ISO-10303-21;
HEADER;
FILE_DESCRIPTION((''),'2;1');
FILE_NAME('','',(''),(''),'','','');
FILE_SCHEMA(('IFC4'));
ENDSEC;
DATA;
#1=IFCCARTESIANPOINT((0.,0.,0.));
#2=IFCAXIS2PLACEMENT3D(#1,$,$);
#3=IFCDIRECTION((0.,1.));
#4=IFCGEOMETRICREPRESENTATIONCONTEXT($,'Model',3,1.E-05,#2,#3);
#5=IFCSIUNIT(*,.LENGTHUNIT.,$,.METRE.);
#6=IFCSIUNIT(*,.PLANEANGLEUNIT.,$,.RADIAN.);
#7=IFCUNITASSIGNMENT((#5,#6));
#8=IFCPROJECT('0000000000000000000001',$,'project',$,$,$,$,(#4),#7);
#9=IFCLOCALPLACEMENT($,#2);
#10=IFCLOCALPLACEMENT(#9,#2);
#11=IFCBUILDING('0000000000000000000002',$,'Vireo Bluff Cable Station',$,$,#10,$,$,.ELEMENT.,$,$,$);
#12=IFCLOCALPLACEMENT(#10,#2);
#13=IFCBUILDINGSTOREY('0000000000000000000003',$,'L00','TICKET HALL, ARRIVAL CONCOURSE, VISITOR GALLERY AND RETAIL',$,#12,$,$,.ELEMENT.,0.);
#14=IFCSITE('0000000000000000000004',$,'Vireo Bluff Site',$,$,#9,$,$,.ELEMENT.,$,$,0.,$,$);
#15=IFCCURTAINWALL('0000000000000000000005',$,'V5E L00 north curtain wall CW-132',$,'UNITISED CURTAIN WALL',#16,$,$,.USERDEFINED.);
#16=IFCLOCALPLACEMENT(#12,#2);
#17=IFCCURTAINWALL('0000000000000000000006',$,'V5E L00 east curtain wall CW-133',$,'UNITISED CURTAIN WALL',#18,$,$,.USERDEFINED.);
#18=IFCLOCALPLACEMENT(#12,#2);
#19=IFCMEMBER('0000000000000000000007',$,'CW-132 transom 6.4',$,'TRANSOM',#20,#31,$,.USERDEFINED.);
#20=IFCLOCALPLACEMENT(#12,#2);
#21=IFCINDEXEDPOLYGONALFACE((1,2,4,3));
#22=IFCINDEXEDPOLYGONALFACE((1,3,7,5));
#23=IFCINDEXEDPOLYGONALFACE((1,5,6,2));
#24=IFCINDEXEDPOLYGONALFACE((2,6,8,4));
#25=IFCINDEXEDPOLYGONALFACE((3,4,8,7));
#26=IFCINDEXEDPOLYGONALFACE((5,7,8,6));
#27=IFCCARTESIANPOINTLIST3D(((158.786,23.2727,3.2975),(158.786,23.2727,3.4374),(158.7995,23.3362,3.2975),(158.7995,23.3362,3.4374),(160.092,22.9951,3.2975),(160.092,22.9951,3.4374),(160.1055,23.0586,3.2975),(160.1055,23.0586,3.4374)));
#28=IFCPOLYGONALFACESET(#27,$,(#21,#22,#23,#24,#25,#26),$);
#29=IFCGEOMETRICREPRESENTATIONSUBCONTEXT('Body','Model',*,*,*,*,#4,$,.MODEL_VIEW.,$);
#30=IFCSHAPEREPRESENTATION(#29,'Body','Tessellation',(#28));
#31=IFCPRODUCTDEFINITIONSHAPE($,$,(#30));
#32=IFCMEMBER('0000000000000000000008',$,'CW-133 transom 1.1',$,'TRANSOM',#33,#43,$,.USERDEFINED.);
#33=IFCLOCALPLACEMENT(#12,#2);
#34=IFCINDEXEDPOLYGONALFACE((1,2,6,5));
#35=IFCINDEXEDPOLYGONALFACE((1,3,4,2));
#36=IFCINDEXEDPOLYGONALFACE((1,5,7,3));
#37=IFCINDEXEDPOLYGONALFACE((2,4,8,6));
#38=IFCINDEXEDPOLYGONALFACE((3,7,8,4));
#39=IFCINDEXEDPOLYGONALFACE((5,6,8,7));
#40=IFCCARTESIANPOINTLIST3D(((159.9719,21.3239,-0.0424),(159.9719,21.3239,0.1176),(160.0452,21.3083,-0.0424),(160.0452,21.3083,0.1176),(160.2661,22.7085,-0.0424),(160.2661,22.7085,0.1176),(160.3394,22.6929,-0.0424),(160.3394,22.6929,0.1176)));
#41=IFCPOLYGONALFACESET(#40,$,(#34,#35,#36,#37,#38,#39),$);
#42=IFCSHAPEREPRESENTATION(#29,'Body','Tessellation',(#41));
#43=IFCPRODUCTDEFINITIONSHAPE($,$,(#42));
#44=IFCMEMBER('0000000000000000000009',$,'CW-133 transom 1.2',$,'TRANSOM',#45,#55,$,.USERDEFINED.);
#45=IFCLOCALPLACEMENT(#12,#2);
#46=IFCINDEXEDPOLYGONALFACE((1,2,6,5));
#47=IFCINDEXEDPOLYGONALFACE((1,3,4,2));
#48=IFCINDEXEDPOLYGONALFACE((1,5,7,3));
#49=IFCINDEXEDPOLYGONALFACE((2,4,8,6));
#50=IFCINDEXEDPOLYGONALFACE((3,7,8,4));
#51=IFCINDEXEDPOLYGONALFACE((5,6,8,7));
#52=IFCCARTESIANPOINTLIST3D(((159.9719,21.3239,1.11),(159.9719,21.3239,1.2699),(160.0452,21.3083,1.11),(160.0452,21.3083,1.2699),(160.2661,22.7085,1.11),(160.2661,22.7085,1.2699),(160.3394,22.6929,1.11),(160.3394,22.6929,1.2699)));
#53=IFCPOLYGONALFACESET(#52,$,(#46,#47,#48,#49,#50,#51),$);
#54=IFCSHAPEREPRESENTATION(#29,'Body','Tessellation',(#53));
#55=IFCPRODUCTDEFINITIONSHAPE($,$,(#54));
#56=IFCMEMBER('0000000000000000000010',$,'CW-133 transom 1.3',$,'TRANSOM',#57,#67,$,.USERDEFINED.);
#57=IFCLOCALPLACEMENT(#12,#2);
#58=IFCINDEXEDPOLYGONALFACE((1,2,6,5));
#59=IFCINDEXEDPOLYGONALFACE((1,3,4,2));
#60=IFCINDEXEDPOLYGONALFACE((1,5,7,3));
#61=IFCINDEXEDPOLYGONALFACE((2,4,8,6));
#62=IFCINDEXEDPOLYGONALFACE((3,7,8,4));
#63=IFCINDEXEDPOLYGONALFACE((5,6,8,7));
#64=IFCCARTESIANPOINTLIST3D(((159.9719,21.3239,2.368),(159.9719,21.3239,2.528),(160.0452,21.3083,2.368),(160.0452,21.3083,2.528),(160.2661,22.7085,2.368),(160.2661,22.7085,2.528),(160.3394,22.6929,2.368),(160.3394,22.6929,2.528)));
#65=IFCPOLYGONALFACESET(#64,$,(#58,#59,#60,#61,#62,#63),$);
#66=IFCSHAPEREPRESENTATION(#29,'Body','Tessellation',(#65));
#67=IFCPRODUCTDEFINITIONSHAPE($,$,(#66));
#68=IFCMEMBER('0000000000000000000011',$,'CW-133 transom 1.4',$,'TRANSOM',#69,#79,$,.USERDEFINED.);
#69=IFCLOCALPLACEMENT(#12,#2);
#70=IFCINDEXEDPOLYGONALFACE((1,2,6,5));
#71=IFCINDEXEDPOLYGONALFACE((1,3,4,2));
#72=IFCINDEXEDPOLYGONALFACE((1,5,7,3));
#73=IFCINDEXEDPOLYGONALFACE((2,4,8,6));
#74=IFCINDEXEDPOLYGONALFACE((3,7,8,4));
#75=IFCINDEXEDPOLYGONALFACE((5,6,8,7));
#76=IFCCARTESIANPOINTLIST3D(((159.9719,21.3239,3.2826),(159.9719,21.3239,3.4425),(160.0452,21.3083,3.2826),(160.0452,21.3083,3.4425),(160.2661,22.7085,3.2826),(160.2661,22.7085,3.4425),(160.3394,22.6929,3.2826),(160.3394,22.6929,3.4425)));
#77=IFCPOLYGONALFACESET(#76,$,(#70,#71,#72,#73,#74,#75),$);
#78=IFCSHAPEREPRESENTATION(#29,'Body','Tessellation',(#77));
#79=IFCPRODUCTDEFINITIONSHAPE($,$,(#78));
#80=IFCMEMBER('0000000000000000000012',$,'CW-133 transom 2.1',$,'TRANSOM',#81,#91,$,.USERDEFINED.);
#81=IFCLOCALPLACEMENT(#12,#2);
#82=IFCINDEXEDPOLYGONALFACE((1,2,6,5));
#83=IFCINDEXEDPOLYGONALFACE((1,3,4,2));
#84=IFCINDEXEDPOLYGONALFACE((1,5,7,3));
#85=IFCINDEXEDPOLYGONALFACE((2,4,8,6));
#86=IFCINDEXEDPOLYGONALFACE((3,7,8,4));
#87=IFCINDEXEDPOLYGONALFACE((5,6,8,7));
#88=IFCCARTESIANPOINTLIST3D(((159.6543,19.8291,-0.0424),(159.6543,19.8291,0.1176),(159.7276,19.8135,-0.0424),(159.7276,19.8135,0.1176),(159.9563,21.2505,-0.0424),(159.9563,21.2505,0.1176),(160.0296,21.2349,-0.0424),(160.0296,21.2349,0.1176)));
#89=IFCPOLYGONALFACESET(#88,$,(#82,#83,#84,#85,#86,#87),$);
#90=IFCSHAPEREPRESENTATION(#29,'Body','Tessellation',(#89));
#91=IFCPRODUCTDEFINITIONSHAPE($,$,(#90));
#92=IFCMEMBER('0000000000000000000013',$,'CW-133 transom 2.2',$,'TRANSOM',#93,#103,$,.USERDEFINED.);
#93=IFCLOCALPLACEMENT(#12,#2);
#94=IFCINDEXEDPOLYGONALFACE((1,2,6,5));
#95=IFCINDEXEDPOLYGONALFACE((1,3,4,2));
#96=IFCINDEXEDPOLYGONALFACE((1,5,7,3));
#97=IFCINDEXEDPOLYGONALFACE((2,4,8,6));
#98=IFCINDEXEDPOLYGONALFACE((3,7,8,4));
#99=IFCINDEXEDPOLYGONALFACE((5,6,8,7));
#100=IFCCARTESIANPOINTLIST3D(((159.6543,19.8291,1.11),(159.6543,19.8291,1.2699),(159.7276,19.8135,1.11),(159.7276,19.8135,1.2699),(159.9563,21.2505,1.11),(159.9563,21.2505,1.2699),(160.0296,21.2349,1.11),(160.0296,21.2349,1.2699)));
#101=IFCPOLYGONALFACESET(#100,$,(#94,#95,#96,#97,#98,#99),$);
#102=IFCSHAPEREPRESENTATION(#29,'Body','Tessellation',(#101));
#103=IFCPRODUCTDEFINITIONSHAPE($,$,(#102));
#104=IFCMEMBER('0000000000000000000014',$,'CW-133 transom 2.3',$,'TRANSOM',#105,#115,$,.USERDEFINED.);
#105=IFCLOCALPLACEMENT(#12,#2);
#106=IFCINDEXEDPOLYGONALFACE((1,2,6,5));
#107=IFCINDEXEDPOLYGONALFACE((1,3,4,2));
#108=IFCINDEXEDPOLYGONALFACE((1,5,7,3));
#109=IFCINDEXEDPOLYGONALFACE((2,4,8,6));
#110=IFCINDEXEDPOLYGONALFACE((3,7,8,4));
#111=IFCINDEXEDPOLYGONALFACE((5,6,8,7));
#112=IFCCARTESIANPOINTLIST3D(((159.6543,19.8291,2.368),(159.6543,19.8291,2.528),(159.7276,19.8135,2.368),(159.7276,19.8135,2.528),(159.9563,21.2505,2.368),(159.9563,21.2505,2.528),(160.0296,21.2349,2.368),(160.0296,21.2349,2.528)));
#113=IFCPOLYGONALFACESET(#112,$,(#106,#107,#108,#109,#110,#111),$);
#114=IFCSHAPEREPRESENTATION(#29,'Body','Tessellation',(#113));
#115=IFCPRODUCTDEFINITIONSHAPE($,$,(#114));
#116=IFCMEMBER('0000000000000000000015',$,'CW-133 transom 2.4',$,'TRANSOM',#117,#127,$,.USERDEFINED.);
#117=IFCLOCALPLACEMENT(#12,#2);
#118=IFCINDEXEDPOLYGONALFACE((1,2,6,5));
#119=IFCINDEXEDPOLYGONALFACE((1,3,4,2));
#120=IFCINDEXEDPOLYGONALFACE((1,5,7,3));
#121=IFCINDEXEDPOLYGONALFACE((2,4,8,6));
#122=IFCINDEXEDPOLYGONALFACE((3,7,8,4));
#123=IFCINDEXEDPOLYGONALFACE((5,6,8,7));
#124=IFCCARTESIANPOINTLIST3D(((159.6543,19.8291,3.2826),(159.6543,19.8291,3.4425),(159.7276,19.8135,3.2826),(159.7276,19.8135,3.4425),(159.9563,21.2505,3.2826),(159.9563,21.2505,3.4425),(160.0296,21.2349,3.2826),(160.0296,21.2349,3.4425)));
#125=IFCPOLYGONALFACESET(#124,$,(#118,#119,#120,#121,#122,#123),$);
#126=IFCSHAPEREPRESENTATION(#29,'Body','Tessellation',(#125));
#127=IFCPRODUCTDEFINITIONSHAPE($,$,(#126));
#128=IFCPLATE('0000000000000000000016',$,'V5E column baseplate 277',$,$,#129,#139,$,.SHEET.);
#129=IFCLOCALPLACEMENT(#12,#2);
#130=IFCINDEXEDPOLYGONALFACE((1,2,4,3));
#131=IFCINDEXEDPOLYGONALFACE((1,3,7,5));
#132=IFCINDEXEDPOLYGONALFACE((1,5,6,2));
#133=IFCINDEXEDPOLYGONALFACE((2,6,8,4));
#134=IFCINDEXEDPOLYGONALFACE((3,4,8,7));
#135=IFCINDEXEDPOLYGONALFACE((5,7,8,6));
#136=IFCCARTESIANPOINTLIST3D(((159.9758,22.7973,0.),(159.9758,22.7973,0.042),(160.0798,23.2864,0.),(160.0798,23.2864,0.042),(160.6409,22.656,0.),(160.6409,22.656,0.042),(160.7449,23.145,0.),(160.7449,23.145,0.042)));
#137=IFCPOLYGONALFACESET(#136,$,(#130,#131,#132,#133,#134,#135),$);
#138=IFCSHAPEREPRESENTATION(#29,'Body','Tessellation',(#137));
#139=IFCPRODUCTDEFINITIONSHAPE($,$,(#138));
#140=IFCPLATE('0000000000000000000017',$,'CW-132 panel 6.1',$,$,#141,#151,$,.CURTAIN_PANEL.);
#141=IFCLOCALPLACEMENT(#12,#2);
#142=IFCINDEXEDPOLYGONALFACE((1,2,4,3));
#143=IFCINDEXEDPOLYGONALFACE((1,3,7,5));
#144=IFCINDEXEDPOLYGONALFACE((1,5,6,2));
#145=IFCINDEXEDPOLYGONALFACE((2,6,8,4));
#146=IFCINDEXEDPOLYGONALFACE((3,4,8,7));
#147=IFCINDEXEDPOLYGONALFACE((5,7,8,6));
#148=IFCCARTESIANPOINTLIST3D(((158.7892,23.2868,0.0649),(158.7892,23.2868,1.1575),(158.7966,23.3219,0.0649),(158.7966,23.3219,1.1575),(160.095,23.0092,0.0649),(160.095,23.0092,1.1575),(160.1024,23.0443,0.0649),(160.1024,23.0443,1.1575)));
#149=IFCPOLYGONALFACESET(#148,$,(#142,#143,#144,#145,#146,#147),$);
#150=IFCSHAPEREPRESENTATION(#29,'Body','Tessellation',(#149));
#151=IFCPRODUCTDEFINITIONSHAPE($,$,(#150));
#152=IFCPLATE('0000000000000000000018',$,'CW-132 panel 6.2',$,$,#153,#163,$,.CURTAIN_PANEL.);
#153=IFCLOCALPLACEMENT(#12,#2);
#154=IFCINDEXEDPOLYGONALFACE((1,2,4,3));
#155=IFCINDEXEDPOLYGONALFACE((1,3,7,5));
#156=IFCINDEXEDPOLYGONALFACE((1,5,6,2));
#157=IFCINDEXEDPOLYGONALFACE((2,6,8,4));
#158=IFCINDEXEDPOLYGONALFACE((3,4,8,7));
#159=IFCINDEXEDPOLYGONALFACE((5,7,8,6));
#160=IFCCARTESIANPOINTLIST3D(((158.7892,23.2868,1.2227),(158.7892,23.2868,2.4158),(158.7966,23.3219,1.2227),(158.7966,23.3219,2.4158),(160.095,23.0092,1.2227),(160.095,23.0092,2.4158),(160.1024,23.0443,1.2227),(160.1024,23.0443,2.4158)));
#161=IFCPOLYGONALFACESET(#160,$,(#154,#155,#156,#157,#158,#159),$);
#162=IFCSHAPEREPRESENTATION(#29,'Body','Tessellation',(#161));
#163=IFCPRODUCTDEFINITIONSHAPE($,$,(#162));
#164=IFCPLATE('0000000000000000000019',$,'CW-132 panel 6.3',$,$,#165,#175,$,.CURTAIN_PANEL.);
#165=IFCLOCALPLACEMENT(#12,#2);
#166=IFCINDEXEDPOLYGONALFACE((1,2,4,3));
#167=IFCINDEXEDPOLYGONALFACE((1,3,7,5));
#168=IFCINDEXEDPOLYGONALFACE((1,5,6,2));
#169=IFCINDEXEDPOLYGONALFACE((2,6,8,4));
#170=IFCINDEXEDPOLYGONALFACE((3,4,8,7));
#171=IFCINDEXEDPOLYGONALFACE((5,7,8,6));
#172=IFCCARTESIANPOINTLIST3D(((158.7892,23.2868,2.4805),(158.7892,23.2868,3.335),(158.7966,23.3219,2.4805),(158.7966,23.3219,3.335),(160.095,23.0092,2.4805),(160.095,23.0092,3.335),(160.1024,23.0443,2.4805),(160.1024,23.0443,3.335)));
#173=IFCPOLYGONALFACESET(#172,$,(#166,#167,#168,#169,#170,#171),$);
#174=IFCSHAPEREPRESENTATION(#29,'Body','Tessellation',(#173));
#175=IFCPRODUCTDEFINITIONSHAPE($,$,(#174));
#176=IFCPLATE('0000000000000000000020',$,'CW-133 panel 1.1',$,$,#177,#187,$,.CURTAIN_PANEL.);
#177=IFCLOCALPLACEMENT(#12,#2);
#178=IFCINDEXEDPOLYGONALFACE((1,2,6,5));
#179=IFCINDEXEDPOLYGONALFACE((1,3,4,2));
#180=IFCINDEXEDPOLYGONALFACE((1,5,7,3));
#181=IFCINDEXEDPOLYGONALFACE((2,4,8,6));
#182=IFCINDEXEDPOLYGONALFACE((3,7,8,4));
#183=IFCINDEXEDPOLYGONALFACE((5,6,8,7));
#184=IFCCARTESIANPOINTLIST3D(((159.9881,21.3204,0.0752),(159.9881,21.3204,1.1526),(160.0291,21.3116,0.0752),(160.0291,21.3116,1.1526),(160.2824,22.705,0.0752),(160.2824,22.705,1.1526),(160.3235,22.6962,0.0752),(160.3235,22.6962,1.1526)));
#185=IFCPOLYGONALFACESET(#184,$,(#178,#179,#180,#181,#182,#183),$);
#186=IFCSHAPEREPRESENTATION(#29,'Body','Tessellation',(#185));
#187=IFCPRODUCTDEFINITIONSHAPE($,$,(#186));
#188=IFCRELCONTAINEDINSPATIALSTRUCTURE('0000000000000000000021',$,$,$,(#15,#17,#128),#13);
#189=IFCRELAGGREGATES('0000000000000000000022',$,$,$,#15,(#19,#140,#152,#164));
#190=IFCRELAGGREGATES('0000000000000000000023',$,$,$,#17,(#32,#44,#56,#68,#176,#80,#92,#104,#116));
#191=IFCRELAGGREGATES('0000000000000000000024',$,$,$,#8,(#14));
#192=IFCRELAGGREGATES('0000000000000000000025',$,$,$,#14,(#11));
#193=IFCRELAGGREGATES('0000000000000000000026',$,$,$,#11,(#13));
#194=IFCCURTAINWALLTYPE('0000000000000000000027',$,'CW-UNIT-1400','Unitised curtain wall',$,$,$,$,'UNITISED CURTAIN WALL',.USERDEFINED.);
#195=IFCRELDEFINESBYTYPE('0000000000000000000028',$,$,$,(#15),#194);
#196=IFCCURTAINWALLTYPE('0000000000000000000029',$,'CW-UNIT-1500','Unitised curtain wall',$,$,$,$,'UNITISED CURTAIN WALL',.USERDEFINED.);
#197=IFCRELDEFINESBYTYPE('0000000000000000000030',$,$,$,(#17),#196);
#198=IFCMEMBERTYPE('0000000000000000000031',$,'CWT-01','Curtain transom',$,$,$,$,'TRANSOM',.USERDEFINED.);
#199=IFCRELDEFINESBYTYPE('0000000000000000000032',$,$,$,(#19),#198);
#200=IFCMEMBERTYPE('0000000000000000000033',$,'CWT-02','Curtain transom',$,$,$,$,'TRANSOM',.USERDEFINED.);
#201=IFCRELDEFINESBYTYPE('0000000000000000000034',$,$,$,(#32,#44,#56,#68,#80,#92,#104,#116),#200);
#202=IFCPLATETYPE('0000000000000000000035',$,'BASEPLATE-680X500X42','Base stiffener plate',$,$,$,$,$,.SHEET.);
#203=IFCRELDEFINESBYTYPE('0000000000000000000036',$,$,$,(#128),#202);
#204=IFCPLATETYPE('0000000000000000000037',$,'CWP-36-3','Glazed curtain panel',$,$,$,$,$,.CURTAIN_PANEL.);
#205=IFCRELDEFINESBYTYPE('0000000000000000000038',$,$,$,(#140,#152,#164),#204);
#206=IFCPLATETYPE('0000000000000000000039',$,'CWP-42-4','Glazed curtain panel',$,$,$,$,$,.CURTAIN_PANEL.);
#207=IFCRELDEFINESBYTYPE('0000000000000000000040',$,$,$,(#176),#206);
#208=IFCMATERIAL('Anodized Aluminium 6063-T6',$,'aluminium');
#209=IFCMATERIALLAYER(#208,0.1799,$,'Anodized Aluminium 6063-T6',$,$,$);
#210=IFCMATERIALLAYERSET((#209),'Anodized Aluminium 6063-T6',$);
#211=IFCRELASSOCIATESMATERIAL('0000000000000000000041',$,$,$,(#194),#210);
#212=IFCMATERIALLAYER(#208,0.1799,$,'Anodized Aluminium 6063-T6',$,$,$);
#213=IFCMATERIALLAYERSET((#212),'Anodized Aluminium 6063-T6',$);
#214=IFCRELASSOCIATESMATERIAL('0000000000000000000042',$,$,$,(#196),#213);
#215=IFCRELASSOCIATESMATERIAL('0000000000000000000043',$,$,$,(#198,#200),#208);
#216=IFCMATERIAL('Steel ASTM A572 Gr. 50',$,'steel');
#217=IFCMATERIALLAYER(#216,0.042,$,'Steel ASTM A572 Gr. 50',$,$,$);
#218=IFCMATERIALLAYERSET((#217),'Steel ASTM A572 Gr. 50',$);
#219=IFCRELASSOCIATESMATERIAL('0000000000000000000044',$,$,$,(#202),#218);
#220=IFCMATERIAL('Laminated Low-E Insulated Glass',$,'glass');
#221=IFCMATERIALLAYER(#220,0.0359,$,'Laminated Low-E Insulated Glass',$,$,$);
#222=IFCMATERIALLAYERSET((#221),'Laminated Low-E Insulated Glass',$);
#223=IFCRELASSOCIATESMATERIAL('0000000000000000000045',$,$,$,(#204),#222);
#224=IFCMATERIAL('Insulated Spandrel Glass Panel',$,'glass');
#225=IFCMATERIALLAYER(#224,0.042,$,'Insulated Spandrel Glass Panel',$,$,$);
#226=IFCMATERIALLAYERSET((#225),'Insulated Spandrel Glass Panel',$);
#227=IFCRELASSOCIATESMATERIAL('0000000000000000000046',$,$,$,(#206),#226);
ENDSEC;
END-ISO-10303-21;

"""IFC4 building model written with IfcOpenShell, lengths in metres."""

from ifc_helpers import new_model, si_unit, direction, frame, origin, origin_2d, place, context, subcontext, project, spatial, rectangle, extrude, material, layer, layer_set, material_profile, profile_set, type_object, element, aggregate, save


model = new_model("IFC4")

# Units and contexts
model_context = context("Model", 3, precision=1e-05, world=origin(), true_north=direction((0.0, 1.0)))
body_context = subcontext(model_context, "Body", "Model", "MODEL_VIEW")
ifc_project = project(units=[si_unit("LENGTHUNIT", "METRE"), si_unit("PLANEANGLEUNIT", "RADIAN")], contexts=[model_context])

# Site, building, storey
site_placement = place(None, origin())
site = spatial("IfcSite", under=ifc_project, at=site_placement, Name="Vireo Bluff Site", CompositionType="ELEMENT", RefElevation=0.0)
building_placement = place(site_placement, origin())
building = spatial("IfcBuilding", under=site, at=building_placement, Name="Vireo Bluff Cable Station", CompositionType="ELEMENT")
storey_placement = place(building_placement, origin())
storey = spatial("IfcBuildingStorey", under=building, at=storey_placement, Name="L00", Description="TICKET HALL, ARRIVAL CONCOURSE, VISITOR GALLERY AND RETAIL", CompositionType="ELEMENT", Elevation=0.0)

# Curtain wall
ifc_material_1 = material(Name="Anodized Aluminium 6063-T6", Category="aluminium")
ifc_layer_1 = layer(ifc_material_1, 0.1799, Name="Anodized Aluminium 6063-T6")
ifc_layer_set_1 = layer_set([ifc_layer_1], Name="Anodized Aluminium 6063-T6")
curtain_wall_type_1 = type_object("IfcCurtainWallType", Name="CW-UNIT-1400", Description="Unitised curtain wall", ElementType="UNITISED CURTAIN WALL", PredefinedType="USERDEFINED", material=ifc_layer_set_1)
curtain_wall_1_placement = place(storey_placement, origin())
curtain_wall_1 = element("IfcCurtainWall", 1, at=curtain_wall_1_placement, inside=storey, type_object=curtain_wall_type_1, Name="V5E L00 north curtain wall CW-132", ObjectType="UNITISED CURTAIN WALL", PredefinedType="USERDEFINED")

# Curtain wall
ifc_layer_2 = layer(ifc_material_1, 0.1799, Name="Anodized Aluminium 6063-T6")
ifc_layer_set_2 = layer_set([ifc_layer_2], Name="Anodized Aluminium 6063-T6")
curtain_wall_type_2 = type_object("IfcCurtainWallType", Name="CW-UNIT-1500", Description="Unitised curtain wall", ElementType="UNITISED CURTAIN WALL", PredefinedType="USERDEFINED", material=ifc_layer_set_2)
curtain_wall_2_placement = place(storey_placement, origin())
curtain_wall_2 = element("IfcCurtainWall", 2, at=curtain_wall_2_placement, inside=storey, type_object=curtain_wall_type_2, Name="V5E L00 east curtain wall CW-133", ObjectType="UNITISED CURTAIN WALL", PredefinedType="USERDEFINED")

# Members
ifc_material_profile_1 = material_profile(ifc_material_1, rectangle(XDim=0.0649, YDim=0.1399, at=origin_2d()), Name="ALU-T-65X140")
ifc_profile_set_1 = profile_set([ifc_material_profile_1], Name="Anodized Aluminium 6063-T6")
member_type_1 = type_object("IfcMemberType", Name="CWT-01", Description="Curtain transom", ElementType="TRANSOM", PredefinedType="USERDEFINED", material=ifc_profile_set_1)
member_1_placement = place(storey_placement, frame((158.7927, 23.3044, 3.3674), z_axis=(0.978146, -0.207918, 0.0), x_axis=(0.207918, 0.978146, 0.0)))
member_1 = element("IfcMember", 3, at=member_1_placement, type_object=member_type_1, Name="CW-132 transom 6.4", ObjectType="TRANSOM", PredefinedType="USERDEFINED", context=body_context, shape_type="SweptSolid", body=[
    extrude(rectangle(XDim=0.0649, YDim=0.1399, at=origin_2d()), origin(), (0.0, 0.0, 1.0), 1.3352),
])
ifc_material_profile_2 = material_profile(ifc_material_1, rectangle(XDim=0.075, YDim=0.1599, at=origin_2d()), Name="ALU-T-75X160")
ifc_profile_set_2 = profile_set([ifc_material_profile_2], Name="Anodized Aluminium 6063-T6")
member_type_2 = type_object("IfcMemberType", Name="CWT-02", Description="Curtain transom", ElementType="TRANSOM", PredefinedType="USERDEFINED", material=ifc_profile_set_2)
member_2_placement = place(storey_placement, frame((160.3027, 22.7007, 0.0376), z_axis=(-0.207844, -0.978162, 0.0), x_axis=(0.978162, -0.207844, 0.0)))
member_2 = element("IfcMember", 4, at=member_2_placement, type_object=member_type_2, Name="CW-133 transom 1.1", ObjectType="TRANSOM", PredefinedType="USERDEFINED", context=body_context, shape_type="SweptSolid", body=[
    extrude(rectangle(XDim=0.075, YDim=0.1599, at=origin_2d()), origin(), (0.0, 0.0, 1.0), 1.4155),
])
member_3_placement = place(storey_placement, frame((160.3027, 22.7007, 1.1899), z_axis=(-0.207844, -0.978162, 0.0), x_axis=(0.978162, -0.207844, 0.0)))
member_3 = element("IfcMember", 5, at=member_3_placement, type_object=member_type_2, Name="CW-133 transom 1.2", ObjectType="TRANSOM", PredefinedType="USERDEFINED", context=body_context, shape_type="SweptSolid", body=[
    extrude(rectangle(XDim=0.075, YDim=0.1599, at=origin_2d()), origin(), (0.0, 0.0, 1.0), 1.4155),
])
member_4_placement = place(storey_placement, frame((160.3027, 22.7007, 2.448), z_axis=(-0.207844, -0.978162, 0.0), x_axis=(0.978162, -0.207844, 0.0)))
member_4 = element("IfcMember", 6, at=member_4_placement, type_object=member_type_2, Name="CW-133 transom 1.3", ObjectType="TRANSOM", PredefinedType="USERDEFINED", context=body_context, shape_type="SweptSolid", body=[
    extrude(rectangle(XDim=0.075, YDim=0.1599, at=origin_2d()), origin(), (0.0, 0.0, 1.0), 1.4155),
])
member_5_placement = place(storey_placement, frame((160.3027, 22.7007, 3.3625), z_axis=(-0.207844, -0.978162, 0.0), x_axis=(0.978162, -0.207844, 0.0)))
member_5 = element("IfcMember", 7, at=member_5_placement, type_object=member_type_2, Name="CW-133 transom 1.4", ObjectType="TRANSOM", PredefinedType="USERDEFINED", context=body_context, shape_type="SweptSolid", body=[
    extrude(rectangle(XDim=0.075, YDim=0.1599, at=origin_2d()), origin(), (0.0, 0.0, 1.0), 1.4155),
])
member_6_placement = place(storey_placement, frame((159.9929, 21.2427, 0.0376), z_axis=(-0.207831, -0.978165, 0.0), x_axis=(0.978165, -0.207831, 0.0)))
member_6 = element("IfcMember", 8, at=member_6_placement, type_object=member_type_2, Name="CW-133 transom 2.1", ObjectType="TRANSOM", PredefinedType="USERDEFINED", context=body_context, shape_type="SweptSolid", body=[
    extrude(rectangle(XDim=0.075, YDim=0.1599, at=origin_2d()), origin(), (0.0, 0.0, 1.0), 1.4531),
])
member_7_placement = place(storey_placement, frame((159.9929, 21.2427, 1.1899), z_axis=(-0.207831, -0.978165, 0.0), x_axis=(0.978165, -0.207831, 0.0)))
member_7 = element("IfcMember", 9, at=member_7_placement, type_object=member_type_2, Name="CW-133 transom 2.2", ObjectType="TRANSOM", PredefinedType="USERDEFINED", context=body_context, shape_type="SweptSolid", body=[
    extrude(rectangle(XDim=0.075, YDim=0.1599, at=origin_2d()), origin(), (0.0, 0.0, 1.0), 1.4531),
])
member_8_placement = place(storey_placement, frame((159.9929, 21.2427, 2.448), z_axis=(-0.207831, -0.978165, 0.0), x_axis=(0.978165, -0.207831, 0.0)))
member_8 = element("IfcMember", 10, at=member_8_placement, type_object=member_type_2, Name="CW-133 transom 2.3", ObjectType="TRANSOM", PredefinedType="USERDEFINED", context=body_context, shape_type="SweptSolid", body=[
    extrude(rectangle(XDim=0.075, YDim=0.1599, at=origin_2d()), origin(), (0.0, 0.0, 1.0), 1.4531),
])
member_9_placement = place(storey_placement, frame((159.9929, 21.2427, 3.3625), z_axis=(-0.207831, -0.978165, 0.0), x_axis=(0.978165, -0.207831, 0.0)))
member_9 = element("IfcMember", 11, at=member_9_placement, type_object=member_type_2, Name="CW-133 transom 2.4", ObjectType="TRANSOM", PredefinedType="USERDEFINED", context=body_context, shape_type="SweptSolid", body=[
    extrude(rectangle(XDim=0.075, YDim=0.1599, at=origin_2d()), origin(), (0.0, 0.0, 1.0), 1.4531),
])

# Plates
ifc_material_2 = material(Name="Steel ASTM A572 Gr. 50", Category="steel")
ifc_layer_3 = layer(ifc_material_2, 0.042, Name="Steel ASTM A572 Gr. 50")
ifc_layer_set_3 = layer_set([ifc_layer_3], Name="Steel ASTM A572 Gr. 50")
plate_type_1 = type_object("IfcPlateType", Name="BASEPLATE-680X500X42", Description="Base stiffener plate", PredefinedType="SHEET", material=ifc_layer_set_3)
plate_1_placement = place(storey_placement, frame((160.3604, 22.9712, 0.0), z_axis=(0.0, 0.0, 1.0), x_axis=(0.978148, -0.207912, 0.0)))
element("IfcPlate", 12, at=plate_1_placement, inside=storey, type_object=plate_type_1, Name="V5E column baseplate 277", PredefinedType="SHEET", context=body_context, shape_type="SweptSolid", body=[
    extrude(rectangle(XDim=0.6799, YDim=0.5, at=origin_2d()), origin(), (0.0, 0.0, 1.0), 0.042),
])
ifc_material_3 = material(Name="Laminated Low-E Insulated Glass", Category="glass")
ifc_layer_4 = layer(ifc_material_3, 0.0359, Name="Laminated Low-E Insulated Glass")
ifc_layer_set_4 = layer_set([ifc_layer_4], Name="Laminated Low-E Insulated Glass")
plate_type_2 = type_object("IfcPlateType", Name="CWP-36-3", Description="Glazed curtain panel", PredefinedType="CURTAIN_PANEL", material=ifc_layer_set_4)
plate_2_placement = place(storey_placement, frame((159.4458, 23.1655, 0.0649), z_axis=(0.0, 0.0, 1.0), x_axis=(0.978148, -0.207912, 0.0)))
plate_2 = element("IfcPlate", 13, at=plate_2_placement, type_object=plate_type_2, Name="CW-132 panel 6.1", PredefinedType="CURTAIN_PANEL", context=body_context, shape_type="SweptSolid", body=[
    extrude(rectangle(XDim=1.335, YDim=0.0359, at=origin_2d()), origin(), (0.0, 0.0, 1.0), 1.0925),
])
plate_3_placement = place(storey_placement, frame((159.4458, 23.1655, 1.2227), z_axis=(0.0, 0.0, 1.0), x_axis=(0.978148, -0.207912, 0.0)))
plate_3 = element("IfcPlate", 14, at=plate_3_placement, type_object=plate_type_2, Name="CW-132 panel 6.2", PredefinedType="CURTAIN_PANEL", context=body_context, shape_type="SweptSolid", body=[
    extrude(rectangle(XDim=1.335, YDim=0.0359, at=origin_2d()), origin(), (0.0, 0.0, 1.0), 1.1931),
])
plate_4_placement = place(storey_placement, frame((159.4458, 23.1655, 2.4805), z_axis=(0.0, 0.0, 1.0), x_axis=(0.978148, -0.207912, 0.0)))
plate_4 = element("IfcPlate", 15, at=plate_4_placement, type_object=plate_type_2, Name="CW-132 panel 6.3", PredefinedType="CURTAIN_PANEL", context=body_context, shape_type="SweptSolid", body=[
    extrude(rectangle(XDim=1.335, YDim=0.0359, at=origin_2d()), origin(), (0.0, 0.0, 1.0), 0.8545),
])
aggregate(curtain_wall_1, [member_1, plate_2, plate_3, plate_4])
ifc_material_4 = material(Name="Insulated Spandrel Glass Panel", Category="glass")
ifc_layer_5 = layer(ifc_material_4, 0.042, Name="Insulated Spandrel Glass Panel")
ifc_layer_set_5 = layer_set([ifc_layer_5], Name="Insulated Spandrel Glass Panel")
plate_type_3 = type_object("IfcPlateType", Name="CWP-42-4", Description="Glazed curtain panel", PredefinedType="CURTAIN_PANEL", material=ifc_layer_set_5)
plate_5_placement = place(storey_placement, frame((160.1558, 22.0083, 0.0752), z_axis=(0.0, 0.0, 1.0), x_axis=(-0.207912, -0.978148, 0.0)))
plate_5 = element("IfcPlate", 16, at=plate_5_placement, type_object=plate_type_3, Name="CW-133 panel 1.1", PredefinedType="CURTAIN_PANEL", context=body_context, shape_type="SweptSolid", body=[
    extrude(rectangle(XDim=1.4155, YDim=0.042, at=origin_2d()), origin(), (0.0, 0.0, 1.0), 1.0774),
])
aggregate(curtain_wall_2, [member_2, member_3, member_4, member_5, plate_5, member_6, member_7, member_8, member_9])

save(model, "model.ifc")
